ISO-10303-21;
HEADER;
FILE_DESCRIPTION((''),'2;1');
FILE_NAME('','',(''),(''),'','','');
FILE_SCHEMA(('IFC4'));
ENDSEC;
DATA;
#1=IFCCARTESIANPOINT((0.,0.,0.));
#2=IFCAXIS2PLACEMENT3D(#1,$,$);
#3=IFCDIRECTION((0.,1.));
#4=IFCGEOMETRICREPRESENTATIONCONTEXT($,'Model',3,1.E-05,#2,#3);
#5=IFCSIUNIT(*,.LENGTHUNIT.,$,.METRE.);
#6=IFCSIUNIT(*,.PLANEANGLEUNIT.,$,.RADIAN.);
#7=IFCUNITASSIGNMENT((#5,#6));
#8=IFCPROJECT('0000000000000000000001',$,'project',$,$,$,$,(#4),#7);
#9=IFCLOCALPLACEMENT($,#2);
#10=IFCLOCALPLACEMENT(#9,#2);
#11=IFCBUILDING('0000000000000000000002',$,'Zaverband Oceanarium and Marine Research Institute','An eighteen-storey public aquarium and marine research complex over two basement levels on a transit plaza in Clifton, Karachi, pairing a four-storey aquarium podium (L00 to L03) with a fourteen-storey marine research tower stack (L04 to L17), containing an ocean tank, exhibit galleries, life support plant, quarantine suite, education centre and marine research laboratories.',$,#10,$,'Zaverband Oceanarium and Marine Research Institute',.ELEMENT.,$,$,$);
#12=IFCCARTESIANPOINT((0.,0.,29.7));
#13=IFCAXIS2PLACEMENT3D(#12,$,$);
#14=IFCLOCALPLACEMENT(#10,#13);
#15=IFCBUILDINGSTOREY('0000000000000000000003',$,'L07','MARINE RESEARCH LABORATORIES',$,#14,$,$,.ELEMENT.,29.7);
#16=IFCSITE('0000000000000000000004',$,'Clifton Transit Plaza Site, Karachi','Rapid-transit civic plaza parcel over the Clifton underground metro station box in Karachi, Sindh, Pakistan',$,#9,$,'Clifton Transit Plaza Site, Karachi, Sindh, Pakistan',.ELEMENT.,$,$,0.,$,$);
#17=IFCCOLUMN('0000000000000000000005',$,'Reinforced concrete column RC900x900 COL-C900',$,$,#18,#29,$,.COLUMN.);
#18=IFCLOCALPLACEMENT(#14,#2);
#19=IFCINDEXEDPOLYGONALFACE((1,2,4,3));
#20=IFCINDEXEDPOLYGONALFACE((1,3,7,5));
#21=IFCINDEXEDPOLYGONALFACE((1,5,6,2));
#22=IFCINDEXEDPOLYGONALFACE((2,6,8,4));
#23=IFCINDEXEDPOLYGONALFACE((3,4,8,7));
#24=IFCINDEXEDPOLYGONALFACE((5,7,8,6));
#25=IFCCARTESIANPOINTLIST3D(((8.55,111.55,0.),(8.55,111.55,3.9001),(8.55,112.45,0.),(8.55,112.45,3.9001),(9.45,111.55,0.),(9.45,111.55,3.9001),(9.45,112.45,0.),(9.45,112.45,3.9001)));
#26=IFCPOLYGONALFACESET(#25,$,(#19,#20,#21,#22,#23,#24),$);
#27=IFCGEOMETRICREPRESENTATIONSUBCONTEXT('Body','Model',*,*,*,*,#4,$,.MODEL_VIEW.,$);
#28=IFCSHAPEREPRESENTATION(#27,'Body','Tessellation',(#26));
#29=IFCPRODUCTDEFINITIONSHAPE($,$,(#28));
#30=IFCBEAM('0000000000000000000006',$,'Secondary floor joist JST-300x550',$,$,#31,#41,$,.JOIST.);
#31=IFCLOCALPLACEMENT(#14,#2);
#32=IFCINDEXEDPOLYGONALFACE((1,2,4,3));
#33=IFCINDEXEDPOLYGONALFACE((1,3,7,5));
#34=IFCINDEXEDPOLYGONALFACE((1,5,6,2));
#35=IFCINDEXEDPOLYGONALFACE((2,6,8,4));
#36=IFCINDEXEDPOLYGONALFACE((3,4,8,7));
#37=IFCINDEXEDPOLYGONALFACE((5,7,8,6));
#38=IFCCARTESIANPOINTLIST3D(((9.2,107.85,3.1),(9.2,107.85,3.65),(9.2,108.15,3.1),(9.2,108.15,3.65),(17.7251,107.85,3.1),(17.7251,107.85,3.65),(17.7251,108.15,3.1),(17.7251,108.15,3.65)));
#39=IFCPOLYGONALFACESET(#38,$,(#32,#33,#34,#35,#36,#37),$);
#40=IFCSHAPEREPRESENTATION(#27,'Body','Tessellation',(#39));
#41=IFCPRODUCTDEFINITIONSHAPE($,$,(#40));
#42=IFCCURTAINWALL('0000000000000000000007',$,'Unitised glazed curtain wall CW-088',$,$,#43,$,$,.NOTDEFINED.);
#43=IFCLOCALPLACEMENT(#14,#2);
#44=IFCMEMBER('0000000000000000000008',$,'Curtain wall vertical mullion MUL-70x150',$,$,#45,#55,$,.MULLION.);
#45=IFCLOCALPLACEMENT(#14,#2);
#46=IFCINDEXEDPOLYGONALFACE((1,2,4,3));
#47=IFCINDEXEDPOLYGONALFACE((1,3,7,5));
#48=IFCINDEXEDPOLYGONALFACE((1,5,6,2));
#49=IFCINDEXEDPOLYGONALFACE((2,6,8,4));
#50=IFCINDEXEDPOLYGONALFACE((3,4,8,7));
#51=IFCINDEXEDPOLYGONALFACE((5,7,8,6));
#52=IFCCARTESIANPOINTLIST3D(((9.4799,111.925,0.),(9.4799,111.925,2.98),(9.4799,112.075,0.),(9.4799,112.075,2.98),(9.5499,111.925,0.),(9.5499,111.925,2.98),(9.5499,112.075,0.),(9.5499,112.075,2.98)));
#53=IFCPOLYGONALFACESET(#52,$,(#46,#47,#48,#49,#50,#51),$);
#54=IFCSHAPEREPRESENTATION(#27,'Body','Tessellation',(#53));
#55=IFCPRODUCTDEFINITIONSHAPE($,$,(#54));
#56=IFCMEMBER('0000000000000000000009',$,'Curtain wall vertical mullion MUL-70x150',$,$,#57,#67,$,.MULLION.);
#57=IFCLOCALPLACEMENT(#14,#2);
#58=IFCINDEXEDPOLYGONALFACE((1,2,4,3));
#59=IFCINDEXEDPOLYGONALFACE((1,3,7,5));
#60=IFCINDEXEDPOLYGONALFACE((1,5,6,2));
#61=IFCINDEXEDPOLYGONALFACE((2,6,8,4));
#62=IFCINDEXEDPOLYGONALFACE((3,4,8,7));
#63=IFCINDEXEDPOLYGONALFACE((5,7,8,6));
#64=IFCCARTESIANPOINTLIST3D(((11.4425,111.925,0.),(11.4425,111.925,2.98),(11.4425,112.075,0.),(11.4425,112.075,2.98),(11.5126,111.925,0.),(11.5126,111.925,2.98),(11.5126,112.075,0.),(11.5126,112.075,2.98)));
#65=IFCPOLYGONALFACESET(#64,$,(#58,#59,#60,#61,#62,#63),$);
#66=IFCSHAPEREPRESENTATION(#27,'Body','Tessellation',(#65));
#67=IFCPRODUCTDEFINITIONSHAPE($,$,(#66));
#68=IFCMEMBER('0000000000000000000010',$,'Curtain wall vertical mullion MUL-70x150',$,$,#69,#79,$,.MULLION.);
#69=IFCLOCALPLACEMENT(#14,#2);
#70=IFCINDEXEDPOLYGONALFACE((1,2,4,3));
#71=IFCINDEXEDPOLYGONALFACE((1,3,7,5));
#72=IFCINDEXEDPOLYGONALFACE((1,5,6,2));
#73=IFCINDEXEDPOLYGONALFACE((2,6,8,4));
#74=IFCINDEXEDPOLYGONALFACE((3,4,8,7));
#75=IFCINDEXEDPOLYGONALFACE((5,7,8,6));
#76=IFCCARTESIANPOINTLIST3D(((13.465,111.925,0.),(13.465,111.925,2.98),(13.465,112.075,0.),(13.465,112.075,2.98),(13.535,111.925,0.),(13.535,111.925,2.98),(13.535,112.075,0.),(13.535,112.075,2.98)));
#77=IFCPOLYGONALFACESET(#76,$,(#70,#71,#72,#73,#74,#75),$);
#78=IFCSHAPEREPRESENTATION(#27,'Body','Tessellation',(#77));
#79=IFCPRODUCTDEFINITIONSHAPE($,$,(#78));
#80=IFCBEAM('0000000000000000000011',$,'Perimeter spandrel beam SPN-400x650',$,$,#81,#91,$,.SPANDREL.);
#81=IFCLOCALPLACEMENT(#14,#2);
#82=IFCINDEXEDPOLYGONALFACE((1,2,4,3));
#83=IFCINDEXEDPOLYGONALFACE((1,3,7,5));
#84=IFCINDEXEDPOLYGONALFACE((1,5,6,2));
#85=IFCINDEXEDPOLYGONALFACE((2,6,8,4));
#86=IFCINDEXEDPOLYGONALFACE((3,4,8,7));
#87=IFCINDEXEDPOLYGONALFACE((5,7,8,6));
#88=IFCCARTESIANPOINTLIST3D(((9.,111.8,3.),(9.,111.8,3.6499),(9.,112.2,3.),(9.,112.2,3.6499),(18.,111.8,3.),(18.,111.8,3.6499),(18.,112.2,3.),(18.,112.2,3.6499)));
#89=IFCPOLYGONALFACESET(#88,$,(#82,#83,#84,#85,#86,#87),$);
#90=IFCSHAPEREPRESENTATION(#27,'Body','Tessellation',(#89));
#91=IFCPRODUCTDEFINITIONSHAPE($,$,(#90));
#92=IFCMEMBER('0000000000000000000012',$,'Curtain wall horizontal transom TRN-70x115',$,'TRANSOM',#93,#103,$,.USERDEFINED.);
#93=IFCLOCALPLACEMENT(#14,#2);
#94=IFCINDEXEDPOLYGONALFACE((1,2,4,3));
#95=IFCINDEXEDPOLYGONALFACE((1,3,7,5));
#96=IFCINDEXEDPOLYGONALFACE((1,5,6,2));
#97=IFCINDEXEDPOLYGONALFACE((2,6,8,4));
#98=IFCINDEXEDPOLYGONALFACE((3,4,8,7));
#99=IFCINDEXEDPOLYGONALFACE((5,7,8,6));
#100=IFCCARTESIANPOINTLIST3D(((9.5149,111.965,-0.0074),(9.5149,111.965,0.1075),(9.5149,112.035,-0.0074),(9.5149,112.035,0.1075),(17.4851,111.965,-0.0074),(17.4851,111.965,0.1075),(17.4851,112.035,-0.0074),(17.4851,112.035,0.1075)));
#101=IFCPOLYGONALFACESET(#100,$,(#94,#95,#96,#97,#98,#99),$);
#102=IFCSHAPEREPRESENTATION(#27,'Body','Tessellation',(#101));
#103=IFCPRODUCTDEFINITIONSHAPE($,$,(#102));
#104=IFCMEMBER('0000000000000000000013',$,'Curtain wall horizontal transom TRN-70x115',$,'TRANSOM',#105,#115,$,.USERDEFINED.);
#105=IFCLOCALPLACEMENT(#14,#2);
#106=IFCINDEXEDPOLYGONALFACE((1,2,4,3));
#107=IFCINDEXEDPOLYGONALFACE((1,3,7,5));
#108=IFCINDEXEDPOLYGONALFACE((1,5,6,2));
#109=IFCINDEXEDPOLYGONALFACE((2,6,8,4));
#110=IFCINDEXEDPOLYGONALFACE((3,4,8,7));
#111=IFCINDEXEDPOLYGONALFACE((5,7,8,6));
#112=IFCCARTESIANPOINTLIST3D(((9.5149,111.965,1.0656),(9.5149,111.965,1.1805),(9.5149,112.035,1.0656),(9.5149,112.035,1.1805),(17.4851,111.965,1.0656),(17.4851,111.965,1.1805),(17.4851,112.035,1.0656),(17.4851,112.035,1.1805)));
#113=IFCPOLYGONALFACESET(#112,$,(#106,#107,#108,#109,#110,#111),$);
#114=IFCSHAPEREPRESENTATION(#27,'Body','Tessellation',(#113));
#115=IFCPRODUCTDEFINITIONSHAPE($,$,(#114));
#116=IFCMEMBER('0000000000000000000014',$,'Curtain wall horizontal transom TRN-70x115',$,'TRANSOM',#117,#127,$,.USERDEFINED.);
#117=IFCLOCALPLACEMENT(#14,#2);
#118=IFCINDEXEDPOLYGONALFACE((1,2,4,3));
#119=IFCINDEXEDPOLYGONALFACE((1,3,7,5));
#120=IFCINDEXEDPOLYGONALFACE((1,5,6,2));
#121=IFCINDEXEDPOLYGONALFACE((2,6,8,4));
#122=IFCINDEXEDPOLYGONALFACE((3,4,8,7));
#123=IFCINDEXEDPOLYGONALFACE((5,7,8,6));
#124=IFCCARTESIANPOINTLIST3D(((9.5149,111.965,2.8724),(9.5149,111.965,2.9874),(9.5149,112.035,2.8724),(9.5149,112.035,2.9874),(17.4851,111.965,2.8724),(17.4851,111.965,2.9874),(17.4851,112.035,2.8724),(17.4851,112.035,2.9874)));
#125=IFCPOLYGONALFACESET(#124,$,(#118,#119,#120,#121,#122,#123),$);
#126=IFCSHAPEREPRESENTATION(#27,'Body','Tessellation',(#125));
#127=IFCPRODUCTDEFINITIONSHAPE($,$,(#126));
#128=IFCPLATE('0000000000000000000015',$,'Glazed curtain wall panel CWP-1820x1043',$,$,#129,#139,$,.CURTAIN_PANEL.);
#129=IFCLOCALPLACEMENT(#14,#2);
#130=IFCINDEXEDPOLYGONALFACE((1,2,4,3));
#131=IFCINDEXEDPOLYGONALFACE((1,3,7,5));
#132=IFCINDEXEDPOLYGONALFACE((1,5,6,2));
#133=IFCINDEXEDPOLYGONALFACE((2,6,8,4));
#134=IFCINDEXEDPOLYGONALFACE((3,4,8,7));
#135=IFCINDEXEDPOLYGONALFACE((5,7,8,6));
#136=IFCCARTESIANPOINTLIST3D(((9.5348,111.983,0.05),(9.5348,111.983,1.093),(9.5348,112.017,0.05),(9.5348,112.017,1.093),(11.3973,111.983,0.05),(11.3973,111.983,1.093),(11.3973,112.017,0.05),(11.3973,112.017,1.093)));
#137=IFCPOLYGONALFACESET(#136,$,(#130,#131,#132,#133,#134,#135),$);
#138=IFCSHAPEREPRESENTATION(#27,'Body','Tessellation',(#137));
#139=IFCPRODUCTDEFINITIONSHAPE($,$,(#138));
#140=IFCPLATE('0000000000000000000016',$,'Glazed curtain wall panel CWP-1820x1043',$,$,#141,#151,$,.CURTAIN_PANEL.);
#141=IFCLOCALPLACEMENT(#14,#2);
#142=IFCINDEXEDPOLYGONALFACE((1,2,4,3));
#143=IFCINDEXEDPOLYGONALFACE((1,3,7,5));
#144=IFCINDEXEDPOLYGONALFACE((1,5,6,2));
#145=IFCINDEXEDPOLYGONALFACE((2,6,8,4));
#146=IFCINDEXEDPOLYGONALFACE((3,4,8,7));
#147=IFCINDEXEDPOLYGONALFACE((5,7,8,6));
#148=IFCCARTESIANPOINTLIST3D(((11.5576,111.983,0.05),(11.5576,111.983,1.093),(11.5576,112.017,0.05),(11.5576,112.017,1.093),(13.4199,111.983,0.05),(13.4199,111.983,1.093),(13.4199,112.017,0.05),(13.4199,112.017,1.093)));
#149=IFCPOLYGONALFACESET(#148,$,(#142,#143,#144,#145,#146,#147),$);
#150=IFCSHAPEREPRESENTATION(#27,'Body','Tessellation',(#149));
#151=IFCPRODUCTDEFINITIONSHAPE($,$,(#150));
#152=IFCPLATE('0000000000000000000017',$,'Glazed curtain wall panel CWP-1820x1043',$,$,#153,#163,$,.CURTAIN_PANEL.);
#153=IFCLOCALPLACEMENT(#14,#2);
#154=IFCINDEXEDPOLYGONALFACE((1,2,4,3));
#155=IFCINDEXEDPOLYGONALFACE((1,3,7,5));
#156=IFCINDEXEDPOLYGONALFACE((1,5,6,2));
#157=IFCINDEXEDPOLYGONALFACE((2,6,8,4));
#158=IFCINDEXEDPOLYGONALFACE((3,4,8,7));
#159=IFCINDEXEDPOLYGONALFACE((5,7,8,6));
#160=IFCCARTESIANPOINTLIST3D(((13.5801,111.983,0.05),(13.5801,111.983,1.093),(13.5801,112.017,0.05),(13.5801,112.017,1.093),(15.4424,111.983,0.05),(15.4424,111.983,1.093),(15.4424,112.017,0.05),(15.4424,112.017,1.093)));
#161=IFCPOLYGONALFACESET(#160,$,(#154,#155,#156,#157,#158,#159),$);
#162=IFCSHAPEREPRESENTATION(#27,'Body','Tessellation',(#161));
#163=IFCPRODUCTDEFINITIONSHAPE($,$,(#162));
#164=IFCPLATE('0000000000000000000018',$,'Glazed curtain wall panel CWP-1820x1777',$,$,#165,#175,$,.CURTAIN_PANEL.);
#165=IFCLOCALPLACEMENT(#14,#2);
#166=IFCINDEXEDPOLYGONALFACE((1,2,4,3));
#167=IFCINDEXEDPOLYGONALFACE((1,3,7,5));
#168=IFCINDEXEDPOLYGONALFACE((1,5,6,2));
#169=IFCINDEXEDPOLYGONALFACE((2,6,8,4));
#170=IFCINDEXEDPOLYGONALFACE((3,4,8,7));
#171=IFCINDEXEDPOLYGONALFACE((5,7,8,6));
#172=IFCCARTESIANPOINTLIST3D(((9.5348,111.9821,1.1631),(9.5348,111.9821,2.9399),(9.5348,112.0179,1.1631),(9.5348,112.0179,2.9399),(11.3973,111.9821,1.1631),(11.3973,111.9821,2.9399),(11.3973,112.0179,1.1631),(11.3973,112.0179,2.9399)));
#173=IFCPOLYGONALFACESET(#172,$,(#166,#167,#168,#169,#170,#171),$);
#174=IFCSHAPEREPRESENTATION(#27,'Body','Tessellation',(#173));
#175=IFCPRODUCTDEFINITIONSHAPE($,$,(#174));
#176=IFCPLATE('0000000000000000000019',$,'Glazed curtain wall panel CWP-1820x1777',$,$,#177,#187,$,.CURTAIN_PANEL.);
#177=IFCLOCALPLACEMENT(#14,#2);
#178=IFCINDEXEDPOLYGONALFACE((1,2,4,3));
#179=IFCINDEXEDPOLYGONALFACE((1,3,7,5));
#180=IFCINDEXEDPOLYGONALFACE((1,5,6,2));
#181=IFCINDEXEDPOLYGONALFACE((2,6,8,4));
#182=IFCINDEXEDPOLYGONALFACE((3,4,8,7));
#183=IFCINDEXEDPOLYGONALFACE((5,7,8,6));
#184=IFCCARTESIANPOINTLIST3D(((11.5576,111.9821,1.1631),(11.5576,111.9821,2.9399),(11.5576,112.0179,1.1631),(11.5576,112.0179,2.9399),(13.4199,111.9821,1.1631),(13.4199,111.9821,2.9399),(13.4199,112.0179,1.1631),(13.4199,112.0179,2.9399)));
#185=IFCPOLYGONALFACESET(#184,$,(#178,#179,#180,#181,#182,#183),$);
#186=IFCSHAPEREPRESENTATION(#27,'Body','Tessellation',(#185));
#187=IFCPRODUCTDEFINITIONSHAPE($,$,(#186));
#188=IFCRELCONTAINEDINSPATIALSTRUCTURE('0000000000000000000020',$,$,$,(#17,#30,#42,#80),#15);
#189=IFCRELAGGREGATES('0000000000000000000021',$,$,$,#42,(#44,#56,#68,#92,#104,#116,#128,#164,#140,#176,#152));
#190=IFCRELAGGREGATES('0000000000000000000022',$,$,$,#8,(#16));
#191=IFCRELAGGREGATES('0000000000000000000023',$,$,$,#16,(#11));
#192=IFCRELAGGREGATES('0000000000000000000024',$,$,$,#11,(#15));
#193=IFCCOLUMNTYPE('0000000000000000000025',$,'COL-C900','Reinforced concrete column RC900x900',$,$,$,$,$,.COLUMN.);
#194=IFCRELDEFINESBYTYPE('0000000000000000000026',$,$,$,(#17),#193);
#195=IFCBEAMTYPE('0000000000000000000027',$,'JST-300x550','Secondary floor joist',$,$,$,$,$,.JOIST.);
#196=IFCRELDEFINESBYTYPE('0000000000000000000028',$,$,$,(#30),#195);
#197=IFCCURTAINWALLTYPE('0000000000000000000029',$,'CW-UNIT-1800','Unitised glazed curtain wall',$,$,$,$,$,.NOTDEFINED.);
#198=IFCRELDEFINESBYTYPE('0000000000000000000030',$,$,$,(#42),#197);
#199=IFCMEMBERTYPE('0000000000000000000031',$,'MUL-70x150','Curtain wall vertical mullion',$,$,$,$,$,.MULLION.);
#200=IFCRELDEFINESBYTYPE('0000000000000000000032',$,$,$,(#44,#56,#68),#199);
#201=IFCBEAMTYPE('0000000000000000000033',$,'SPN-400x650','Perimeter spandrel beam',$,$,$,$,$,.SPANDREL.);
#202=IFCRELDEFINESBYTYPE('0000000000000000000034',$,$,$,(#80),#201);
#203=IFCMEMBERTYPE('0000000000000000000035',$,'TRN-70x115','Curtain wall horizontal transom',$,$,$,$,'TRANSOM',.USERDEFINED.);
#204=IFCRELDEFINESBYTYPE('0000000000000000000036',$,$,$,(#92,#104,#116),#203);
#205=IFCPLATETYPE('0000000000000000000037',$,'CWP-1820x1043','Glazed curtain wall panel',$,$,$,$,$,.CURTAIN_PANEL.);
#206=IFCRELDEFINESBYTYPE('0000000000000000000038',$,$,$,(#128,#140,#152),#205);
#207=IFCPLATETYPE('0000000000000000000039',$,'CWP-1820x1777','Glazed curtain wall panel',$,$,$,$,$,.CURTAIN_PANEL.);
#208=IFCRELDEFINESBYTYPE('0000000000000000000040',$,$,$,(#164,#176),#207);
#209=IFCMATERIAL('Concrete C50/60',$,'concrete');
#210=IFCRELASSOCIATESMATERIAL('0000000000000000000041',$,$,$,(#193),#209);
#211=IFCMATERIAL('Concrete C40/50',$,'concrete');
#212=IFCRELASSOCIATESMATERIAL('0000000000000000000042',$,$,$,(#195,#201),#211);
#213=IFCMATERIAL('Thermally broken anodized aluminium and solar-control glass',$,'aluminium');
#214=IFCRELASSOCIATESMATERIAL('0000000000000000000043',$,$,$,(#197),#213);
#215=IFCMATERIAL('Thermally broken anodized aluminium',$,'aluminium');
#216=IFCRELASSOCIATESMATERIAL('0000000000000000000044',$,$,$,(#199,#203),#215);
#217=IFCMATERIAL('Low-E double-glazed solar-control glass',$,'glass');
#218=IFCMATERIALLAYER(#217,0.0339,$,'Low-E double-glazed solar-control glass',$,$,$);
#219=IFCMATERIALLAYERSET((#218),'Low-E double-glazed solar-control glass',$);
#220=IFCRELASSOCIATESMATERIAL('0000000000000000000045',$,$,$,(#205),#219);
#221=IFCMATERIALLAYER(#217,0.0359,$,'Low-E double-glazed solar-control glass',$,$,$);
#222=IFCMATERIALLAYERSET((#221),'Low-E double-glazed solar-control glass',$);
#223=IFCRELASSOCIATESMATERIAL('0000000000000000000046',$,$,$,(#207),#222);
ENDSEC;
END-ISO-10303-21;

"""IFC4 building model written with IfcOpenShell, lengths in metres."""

from ifc_helpers import new_model, si_unit, direction, frame, frame_2d, origin, origin_2d, place, context, subcontext, project, spatial, rectangle, extrude, material, layer, layer_set, material_profile, profile_set, type_object, element, aggregate, save


model = new_model("IFC4")

# Units and contexts
model_context = context("Model", 3, precision=1e-05, world=origin(), true_north=direction((0.0, 1.0)))
body_context = subcontext(model_context, "Body", "Model", "MODEL_VIEW")
ifc_project = project(units=[si_unit("LENGTHUNIT", "METRE"), si_unit("PLANEANGLEUNIT", "RADIAN")], contexts=[model_context])

# Site, building, storey
site_placement = place(None, origin())
site = spatial("IfcSite", under=ifc_project, at=site_placement, Name="Clifton Transit Plaza Site, Karachi", Description="Rapid-transit civic plaza parcel over the Clifton underground metro station box in Karachi, Sindh, Pakistan", LongName="Clifton Transit Plaza Site, Karachi, Sindh, Pakistan", CompositionType="ELEMENT", RefElevation=0.0)
building_placement = place(site_placement, origin())
building = spatial("IfcBuilding", under=site, at=building_placement, Name="Zaverband Oceanarium and Marine Research Institute", Description="An eighteen-storey public aquarium and marine research complex over two basement levels on a transit plaza in Clifton, Karachi, pairing a four-storey aquarium podium (L00 to L03) with a fourteen-storey marine research tower stack (L04 to L17), containing an ocean tank, exhibit galleries, life support plant, quarantine suite, education centre and marine research laboratories.", LongName="Zaverband Oceanarium and Marine Research Institute", CompositionType="ELEMENT")
storey_placement = place(building_placement, frame((0.0, 0.0, 29.7)))
storey = spatial("IfcBuildingStorey", under=building, at=storey_placement, Name="L07", Description="MARINE RESEARCH LABORATORIES", CompositionType="ELEMENT", Elevation=29.7)

# Column
ifc_material_1 = material(Name="Concrete C50/60", Category="concrete")
ifc_material_profile_1 = material_profile(ifc_material_1, rectangle(XDim=0.8999, YDim=0.8999, at=origin_2d()), Name="RC900x900")
ifc_profile_set_1 = profile_set([ifc_material_profile_1], Name="Concrete C50/60")
column_type = type_object("IfcColumnType", Name="COL-C900", Description="Reinforced concrete column RC900x900", PredefinedType="COLUMN", material=ifc_profile_set_1)
column_placement = place(storey_placement, frame((9.0, 112.0, 0.0), z_axis=(0.0, 0.0, 1.0), x_axis=(1.0, 0.0, 0.0)))
element("IfcColumn", 1, at=column_placement, inside=storey, type_object=column_type, Name="Reinforced concrete column RC900x900 COL-C900", PredefinedType="COLUMN", context=body_context, shape_type="SweptSolid", body=[
    extrude(rectangle(XDim=0.8999, YDim=0.8999, at=origin_2d()), origin(), (0.0, 0.0, 1.0), 3.9001),
])

# Beam
ifc_material_2 = material(Name="Concrete C40/50", Category="concrete")
ifc_material_profile_2 = material_profile(ifc_material_2, rectangle(XDim=0.3, YDim=0.55, at=origin_2d()), Name="RC300x550")
ifc_profile_set_2 = profile_set([ifc_material_profile_2], Name="Concrete C40/50")
beam_type_1 = type_object("IfcBeamType", Name="JST-300x550", Description="Secondary floor joist", PredefinedType="JOIST", material=ifc_profile_set_2)
beam_1_placement = place(storey_placement, frame((9.2, 108.0, 3.375), z_axis=(1.0, 0.0, 0.0), x_axis=(0.0, 1.0, 0.0)))
element("IfcBeam", 2, at=beam_1_placement, inside=storey, type_object=beam_type_1, Name="Secondary floor joist JST-300x550", PredefinedType="JOIST", context=body_context, shape_type="SweptSolid", body=[
    extrude(rectangle(XDim=0.3, YDim=0.55, at=origin_2d()), origin(), (0.0, 0.0, 1.0), 8.5251),
])

# Curtain wall, members
ifc_material_3 = material(Name="Thermally broken anodized aluminium and solar-control glass", Category="aluminium")
curtain_wall_type = type_object("IfcCurtainWallType", Name="CW-UNIT-1800", Description="Unitised glazed curtain wall", PredefinedType="NOTDEFINED", material=ifc_material_3)
curtain_wall_placement = place(storey_placement, origin())
curtain_wall = element("IfcCurtainWall", 3, at=curtain_wall_placement, inside=storey, type_object=curtain_wall_type, Name="Unitised glazed curtain wall CW-088", PredefinedType="NOTDEFINED")
ifc_material_4 = material(Name="Thermally broken anodized aluminium", Category="aluminium")
ifc_material_profile_3 = material_profile(ifc_material_4, rectangle(XDim=0.0701, YDim=0.1499, at=origin_2d()), Name="AL-MUL-70x150")
ifc_profile_set_3 = profile_set([ifc_material_profile_3], Name="Thermally broken anodized aluminium")
member_type_1 = type_object("IfcMemberType", Name="MUL-70x150", Description="Curtain wall vertical mullion", PredefinedType="MULLION", material=ifc_profile_set_3)
member_1_placement = place(storey_placement, frame((9.5149, 112.0, 0.0), z_axis=(0.0, 0.0, 1.0), x_axis=(1.0, 0.0, 0.0)))
member_1 = element("IfcMember", 4, at=member_1_placement, type_object=member_type_1, Name="Curtain wall vertical mullion MUL-70x150", PredefinedType="MULLION", context=body_context, shape_type="SweptSolid", body=[
    extrude(rectangle(XDim=0.0701, YDim=0.1499, at=origin_2d()), origin(), (0.0, 0.0, 1.0), 2.98),
])
member_2_placement = place(storey_placement, frame((11.4775, 112.0, 0.0), z_axis=(0.0, 0.0, 1.0), x_axis=(1.0, 0.0, 0.0)))
member_2 = element("IfcMember", 5, at=member_2_placement, type_object=member_type_1, Name="Curtain wall vertical mullion MUL-70x150", PredefinedType="MULLION", context=body_context, shape_type="SweptSolid", body=[
    extrude(rectangle(XDim=0.0701, YDim=0.1499, at=origin_2d()), origin(), (0.0, 0.0, 1.0), 2.98),
])
member_3_placement = place(storey_placement, frame((13.5, 112.0, 0.0), z_axis=(0.0, 0.0, 1.0), x_axis=(1.0, 0.0, 0.0)))
member_3 = element("IfcMember", 6, at=member_3_placement, type_object=member_type_1, Name="Curtain wall vertical mullion MUL-70x150", PredefinedType="MULLION", context=body_context, shape_type="SweptSolid", body=[
    extrude(rectangle(XDim=0.0701, YDim=0.1499, at=origin_2d()), origin(), (0.0, 0.0, 1.0), 2.98),
])

# Beam
ifc_material_profile_4 = material_profile(ifc_material_2, rectangle(XDim=0.3999, YDim=0.6499, at=origin_2d()), Name="RC400x650")
ifc_profile_set_4 = profile_set([ifc_material_profile_4], Name="Concrete C40/50")
beam_type_2 = type_object("IfcBeamType", Name="SPN-400x650", Description="Perimeter spandrel beam", PredefinedType="SPANDREL", material=ifc_profile_set_4)
beam_2_placement = place(storey_placement, frame((9.0, 112.0, 3.325), z_axis=(1.0, 0.0, 0.0), x_axis=(0.0, 1.0, 0.0)))
element("IfcBeam", 7, at=beam_2_placement, inside=storey, type_object=beam_type_2, Name="Perimeter spandrel beam SPN-400x650", PredefinedType="SPANDREL", context=body_context, shape_type="SweptSolid", body=[
    extrude(rectangle(XDim=0.3999, YDim=0.6499, at=origin_2d()), origin(), (0.0, 0.0, 1.0), 9.0),
])

# Members
ifc_material_profile_5 = material_profile(ifc_material_4, rectangle(XDim=0.0701, YDim=0.115, at=origin_2d()), Name="AL-TRN-70x115")
ifc_profile_set_5 = profile_set([ifc_material_profile_5], Name="Thermally broken anodized aluminium")
member_type_2 = type_object("IfcMemberType", Name="TRN-70x115", Description="Curtain wall horizontal transom", ElementType="TRANSOM", PredefinedType="USERDEFINED", material=ifc_profile_set_5)
member_4_placement = place(storey_placement, frame((9.5149, 112.0, 0.05), z_axis=(1.0, 0.0, 0.0), x_axis=(0.0, 1.0, 0.0)))
member_4 = element("IfcMember", 8, at=member_4_placement, type_object=member_type_2, Name="Curtain wall horizontal transom TRN-70x115", ObjectType="TRANSOM", PredefinedType="USERDEFINED", context=body_context, shape_type="SweptSolid", body=[
    extrude(rectangle(XDim=0.0701, YDim=0.115, at=origin_2d()), origin(), (0.0, 0.0, 1.0), 7.9702),
])
member_5_placement = place(storey_placement, frame((9.5149, 112.0, 1.123), z_axis=(1.0, 0.0, 0.0), x_axis=(0.0, 1.0, 0.0)))
member_5 = element("IfcMember", 9, at=member_5_placement, type_object=member_type_2, Name="Curtain wall horizontal transom TRN-70x115", ObjectType="TRANSOM", PredefinedType="USERDEFINED", context=body_context, shape_type="SweptSolid", body=[
    extrude(rectangle(XDim=0.0701, YDim=0.115, at=origin_2d()), origin(), (0.0, 0.0, 1.0), 7.9702),
])
member_6_placement = place(storey_placement, frame((9.5149, 112.0, 2.9299), z_axis=(1.0, 0.0, 0.0), x_axis=(0.0, 1.0, 0.0)))
member_6 = element("IfcMember", 10, at=member_6_placement, type_object=member_type_2, Name="Curtain wall horizontal transom TRN-70x115", ObjectType="TRANSOM", PredefinedType="USERDEFINED", context=body_context, shape_type="SweptSolid", body=[
    extrude(rectangle(XDim=0.0701, YDim=0.115, at=origin_2d()), origin(), (0.0, 0.0, 1.0), 7.9702),
])

# Plates
ifc_material_5 = material(Name="Low-E double-glazed solar-control glass", Category="glass")
ifc_layer_1 = layer(ifc_material_5, 0.0339, Name="Low-E double-glazed solar-control glass")
ifc_layer_set_1 = layer_set([ifc_layer_1], Name="Low-E double-glazed solar-control glass")
plate_type_1 = type_object("IfcPlateType", Name="CWP-1820x1043", Description="Glazed curtain wall panel", PredefinedType="CURTAIN_PANEL", material=ifc_layer_set_1)
plate_1_placement = place(storey_placement, frame((9.5349, 112.0, 0.05), z_axis=(0.0, 0.0, 1.0), x_axis=(1.0, 0.0, 0.0)))
plate_1 = element("IfcPlate", 11, at=plate_1_placement, type_object=plate_type_1, Name="Glazed curtain wall panel CWP-1820x1043", PredefinedType="CURTAIN_PANEL", context=body_context, shape_type="SweptSolid", body=[
    extrude(rectangle(XDim=1.8625, YDim=0.0339, at=frame_2d((0.9312, 0.0))), origin(), (0.0, 0.0, 1.0), 1.043),
])
plate_2_placement = place(storey_placement, frame((11.5576, 112.0, 0.05), z_axis=(0.0, 0.0, 1.0), x_axis=(1.0, 0.0, 0.0)))
plate_2 = element("IfcPlate", 12, at=plate_2_placement, type_object=plate_type_1, Name="Glazed curtain wall panel CWP-1820x1043", PredefinedType="CURTAIN_PANEL", context=body_context, shape_type="SweptSolid", body=[
    extrude(rectangle(XDim=1.8623, YDim=0.0339, at=frame_2d((0.9312, 0.0))), origin(), (0.0, 0.0, 1.0), 1.043),
])
plate_3_placement = place(storey_placement, frame((13.5801, 112.0, 0.05), z_axis=(0.0, 0.0, 1.0), x_axis=(1.0, 0.0, 0.0)))
plate_3 = element("IfcPlate", 13, at=plate_3_placement, type_object=plate_type_1, Name="Glazed curtain wall panel CWP-1820x1043", PredefinedType="CURTAIN_PANEL", context=body_context, shape_type="SweptSolid", body=[
    extrude(rectangle(XDim=1.8623, YDim=0.0339, at=frame_2d((0.9312, 0.0))), origin(), (0.0, 0.0, 1.0), 1.043),
])
ifc_layer_2 = layer(ifc_material_5, 0.0359, Name="Low-E double-glazed solar-control glass")
ifc_layer_set_2 = layer_set([ifc_layer_2], Name="Low-E double-glazed solar-control glass")
plate_type_2 = type_object("IfcPlateType", Name="CWP-1820x1777", Description="Glazed curtain wall panel", PredefinedType="CURTAIN_PANEL", material=ifc_layer_set_2)
plate_4_placement = place(storey_placement, frame((9.5349, 112.0, 1.1631), z_axis=(0.0, 0.0, 1.0), x_axis=(1.0, 0.0, 0.0)))
plate_4 = element("IfcPlate", 14, at=plate_4_placement, type_object=plate_type_2, Name="Glazed curtain wall panel CWP-1820x1777", PredefinedType="CURTAIN_PANEL", context=body_context, shape_type="SweptSolid", body=[
    extrude(rectangle(XDim=1.8625, YDim=0.0359, at=frame_2d((0.9312, 0.0))), origin(), (0.0, 0.0, 1.0), 1.7769),
])
plate_5_placement = place(storey_placement, frame((11.5576, 112.0, 1.1631), z_axis=(0.0, 0.0, 1.0), x_axis=(1.0, 0.0, 0.0)))
plate_5 = element("IfcPlate", 15, at=plate_5_placement, type_object=plate_type_2, Name="Glazed curtain wall panel CWP-1820x1777", PredefinedType="CURTAIN_PANEL", context=body_context, shape_type="SweptSolid", body=[
    extrude(rectangle(XDim=1.8623, YDim=0.0359, at=frame_2d((0.9312, 0.0))), origin(), (0.0, 0.0, 1.0), 1.7769),
])
aggregate(curtain_wall, [member_1, member_2, member_3, member_4, member_5, member_6, plate_1, plate_4, plate_2, plate_5, plate_3])

save(model, "model.ifc")
